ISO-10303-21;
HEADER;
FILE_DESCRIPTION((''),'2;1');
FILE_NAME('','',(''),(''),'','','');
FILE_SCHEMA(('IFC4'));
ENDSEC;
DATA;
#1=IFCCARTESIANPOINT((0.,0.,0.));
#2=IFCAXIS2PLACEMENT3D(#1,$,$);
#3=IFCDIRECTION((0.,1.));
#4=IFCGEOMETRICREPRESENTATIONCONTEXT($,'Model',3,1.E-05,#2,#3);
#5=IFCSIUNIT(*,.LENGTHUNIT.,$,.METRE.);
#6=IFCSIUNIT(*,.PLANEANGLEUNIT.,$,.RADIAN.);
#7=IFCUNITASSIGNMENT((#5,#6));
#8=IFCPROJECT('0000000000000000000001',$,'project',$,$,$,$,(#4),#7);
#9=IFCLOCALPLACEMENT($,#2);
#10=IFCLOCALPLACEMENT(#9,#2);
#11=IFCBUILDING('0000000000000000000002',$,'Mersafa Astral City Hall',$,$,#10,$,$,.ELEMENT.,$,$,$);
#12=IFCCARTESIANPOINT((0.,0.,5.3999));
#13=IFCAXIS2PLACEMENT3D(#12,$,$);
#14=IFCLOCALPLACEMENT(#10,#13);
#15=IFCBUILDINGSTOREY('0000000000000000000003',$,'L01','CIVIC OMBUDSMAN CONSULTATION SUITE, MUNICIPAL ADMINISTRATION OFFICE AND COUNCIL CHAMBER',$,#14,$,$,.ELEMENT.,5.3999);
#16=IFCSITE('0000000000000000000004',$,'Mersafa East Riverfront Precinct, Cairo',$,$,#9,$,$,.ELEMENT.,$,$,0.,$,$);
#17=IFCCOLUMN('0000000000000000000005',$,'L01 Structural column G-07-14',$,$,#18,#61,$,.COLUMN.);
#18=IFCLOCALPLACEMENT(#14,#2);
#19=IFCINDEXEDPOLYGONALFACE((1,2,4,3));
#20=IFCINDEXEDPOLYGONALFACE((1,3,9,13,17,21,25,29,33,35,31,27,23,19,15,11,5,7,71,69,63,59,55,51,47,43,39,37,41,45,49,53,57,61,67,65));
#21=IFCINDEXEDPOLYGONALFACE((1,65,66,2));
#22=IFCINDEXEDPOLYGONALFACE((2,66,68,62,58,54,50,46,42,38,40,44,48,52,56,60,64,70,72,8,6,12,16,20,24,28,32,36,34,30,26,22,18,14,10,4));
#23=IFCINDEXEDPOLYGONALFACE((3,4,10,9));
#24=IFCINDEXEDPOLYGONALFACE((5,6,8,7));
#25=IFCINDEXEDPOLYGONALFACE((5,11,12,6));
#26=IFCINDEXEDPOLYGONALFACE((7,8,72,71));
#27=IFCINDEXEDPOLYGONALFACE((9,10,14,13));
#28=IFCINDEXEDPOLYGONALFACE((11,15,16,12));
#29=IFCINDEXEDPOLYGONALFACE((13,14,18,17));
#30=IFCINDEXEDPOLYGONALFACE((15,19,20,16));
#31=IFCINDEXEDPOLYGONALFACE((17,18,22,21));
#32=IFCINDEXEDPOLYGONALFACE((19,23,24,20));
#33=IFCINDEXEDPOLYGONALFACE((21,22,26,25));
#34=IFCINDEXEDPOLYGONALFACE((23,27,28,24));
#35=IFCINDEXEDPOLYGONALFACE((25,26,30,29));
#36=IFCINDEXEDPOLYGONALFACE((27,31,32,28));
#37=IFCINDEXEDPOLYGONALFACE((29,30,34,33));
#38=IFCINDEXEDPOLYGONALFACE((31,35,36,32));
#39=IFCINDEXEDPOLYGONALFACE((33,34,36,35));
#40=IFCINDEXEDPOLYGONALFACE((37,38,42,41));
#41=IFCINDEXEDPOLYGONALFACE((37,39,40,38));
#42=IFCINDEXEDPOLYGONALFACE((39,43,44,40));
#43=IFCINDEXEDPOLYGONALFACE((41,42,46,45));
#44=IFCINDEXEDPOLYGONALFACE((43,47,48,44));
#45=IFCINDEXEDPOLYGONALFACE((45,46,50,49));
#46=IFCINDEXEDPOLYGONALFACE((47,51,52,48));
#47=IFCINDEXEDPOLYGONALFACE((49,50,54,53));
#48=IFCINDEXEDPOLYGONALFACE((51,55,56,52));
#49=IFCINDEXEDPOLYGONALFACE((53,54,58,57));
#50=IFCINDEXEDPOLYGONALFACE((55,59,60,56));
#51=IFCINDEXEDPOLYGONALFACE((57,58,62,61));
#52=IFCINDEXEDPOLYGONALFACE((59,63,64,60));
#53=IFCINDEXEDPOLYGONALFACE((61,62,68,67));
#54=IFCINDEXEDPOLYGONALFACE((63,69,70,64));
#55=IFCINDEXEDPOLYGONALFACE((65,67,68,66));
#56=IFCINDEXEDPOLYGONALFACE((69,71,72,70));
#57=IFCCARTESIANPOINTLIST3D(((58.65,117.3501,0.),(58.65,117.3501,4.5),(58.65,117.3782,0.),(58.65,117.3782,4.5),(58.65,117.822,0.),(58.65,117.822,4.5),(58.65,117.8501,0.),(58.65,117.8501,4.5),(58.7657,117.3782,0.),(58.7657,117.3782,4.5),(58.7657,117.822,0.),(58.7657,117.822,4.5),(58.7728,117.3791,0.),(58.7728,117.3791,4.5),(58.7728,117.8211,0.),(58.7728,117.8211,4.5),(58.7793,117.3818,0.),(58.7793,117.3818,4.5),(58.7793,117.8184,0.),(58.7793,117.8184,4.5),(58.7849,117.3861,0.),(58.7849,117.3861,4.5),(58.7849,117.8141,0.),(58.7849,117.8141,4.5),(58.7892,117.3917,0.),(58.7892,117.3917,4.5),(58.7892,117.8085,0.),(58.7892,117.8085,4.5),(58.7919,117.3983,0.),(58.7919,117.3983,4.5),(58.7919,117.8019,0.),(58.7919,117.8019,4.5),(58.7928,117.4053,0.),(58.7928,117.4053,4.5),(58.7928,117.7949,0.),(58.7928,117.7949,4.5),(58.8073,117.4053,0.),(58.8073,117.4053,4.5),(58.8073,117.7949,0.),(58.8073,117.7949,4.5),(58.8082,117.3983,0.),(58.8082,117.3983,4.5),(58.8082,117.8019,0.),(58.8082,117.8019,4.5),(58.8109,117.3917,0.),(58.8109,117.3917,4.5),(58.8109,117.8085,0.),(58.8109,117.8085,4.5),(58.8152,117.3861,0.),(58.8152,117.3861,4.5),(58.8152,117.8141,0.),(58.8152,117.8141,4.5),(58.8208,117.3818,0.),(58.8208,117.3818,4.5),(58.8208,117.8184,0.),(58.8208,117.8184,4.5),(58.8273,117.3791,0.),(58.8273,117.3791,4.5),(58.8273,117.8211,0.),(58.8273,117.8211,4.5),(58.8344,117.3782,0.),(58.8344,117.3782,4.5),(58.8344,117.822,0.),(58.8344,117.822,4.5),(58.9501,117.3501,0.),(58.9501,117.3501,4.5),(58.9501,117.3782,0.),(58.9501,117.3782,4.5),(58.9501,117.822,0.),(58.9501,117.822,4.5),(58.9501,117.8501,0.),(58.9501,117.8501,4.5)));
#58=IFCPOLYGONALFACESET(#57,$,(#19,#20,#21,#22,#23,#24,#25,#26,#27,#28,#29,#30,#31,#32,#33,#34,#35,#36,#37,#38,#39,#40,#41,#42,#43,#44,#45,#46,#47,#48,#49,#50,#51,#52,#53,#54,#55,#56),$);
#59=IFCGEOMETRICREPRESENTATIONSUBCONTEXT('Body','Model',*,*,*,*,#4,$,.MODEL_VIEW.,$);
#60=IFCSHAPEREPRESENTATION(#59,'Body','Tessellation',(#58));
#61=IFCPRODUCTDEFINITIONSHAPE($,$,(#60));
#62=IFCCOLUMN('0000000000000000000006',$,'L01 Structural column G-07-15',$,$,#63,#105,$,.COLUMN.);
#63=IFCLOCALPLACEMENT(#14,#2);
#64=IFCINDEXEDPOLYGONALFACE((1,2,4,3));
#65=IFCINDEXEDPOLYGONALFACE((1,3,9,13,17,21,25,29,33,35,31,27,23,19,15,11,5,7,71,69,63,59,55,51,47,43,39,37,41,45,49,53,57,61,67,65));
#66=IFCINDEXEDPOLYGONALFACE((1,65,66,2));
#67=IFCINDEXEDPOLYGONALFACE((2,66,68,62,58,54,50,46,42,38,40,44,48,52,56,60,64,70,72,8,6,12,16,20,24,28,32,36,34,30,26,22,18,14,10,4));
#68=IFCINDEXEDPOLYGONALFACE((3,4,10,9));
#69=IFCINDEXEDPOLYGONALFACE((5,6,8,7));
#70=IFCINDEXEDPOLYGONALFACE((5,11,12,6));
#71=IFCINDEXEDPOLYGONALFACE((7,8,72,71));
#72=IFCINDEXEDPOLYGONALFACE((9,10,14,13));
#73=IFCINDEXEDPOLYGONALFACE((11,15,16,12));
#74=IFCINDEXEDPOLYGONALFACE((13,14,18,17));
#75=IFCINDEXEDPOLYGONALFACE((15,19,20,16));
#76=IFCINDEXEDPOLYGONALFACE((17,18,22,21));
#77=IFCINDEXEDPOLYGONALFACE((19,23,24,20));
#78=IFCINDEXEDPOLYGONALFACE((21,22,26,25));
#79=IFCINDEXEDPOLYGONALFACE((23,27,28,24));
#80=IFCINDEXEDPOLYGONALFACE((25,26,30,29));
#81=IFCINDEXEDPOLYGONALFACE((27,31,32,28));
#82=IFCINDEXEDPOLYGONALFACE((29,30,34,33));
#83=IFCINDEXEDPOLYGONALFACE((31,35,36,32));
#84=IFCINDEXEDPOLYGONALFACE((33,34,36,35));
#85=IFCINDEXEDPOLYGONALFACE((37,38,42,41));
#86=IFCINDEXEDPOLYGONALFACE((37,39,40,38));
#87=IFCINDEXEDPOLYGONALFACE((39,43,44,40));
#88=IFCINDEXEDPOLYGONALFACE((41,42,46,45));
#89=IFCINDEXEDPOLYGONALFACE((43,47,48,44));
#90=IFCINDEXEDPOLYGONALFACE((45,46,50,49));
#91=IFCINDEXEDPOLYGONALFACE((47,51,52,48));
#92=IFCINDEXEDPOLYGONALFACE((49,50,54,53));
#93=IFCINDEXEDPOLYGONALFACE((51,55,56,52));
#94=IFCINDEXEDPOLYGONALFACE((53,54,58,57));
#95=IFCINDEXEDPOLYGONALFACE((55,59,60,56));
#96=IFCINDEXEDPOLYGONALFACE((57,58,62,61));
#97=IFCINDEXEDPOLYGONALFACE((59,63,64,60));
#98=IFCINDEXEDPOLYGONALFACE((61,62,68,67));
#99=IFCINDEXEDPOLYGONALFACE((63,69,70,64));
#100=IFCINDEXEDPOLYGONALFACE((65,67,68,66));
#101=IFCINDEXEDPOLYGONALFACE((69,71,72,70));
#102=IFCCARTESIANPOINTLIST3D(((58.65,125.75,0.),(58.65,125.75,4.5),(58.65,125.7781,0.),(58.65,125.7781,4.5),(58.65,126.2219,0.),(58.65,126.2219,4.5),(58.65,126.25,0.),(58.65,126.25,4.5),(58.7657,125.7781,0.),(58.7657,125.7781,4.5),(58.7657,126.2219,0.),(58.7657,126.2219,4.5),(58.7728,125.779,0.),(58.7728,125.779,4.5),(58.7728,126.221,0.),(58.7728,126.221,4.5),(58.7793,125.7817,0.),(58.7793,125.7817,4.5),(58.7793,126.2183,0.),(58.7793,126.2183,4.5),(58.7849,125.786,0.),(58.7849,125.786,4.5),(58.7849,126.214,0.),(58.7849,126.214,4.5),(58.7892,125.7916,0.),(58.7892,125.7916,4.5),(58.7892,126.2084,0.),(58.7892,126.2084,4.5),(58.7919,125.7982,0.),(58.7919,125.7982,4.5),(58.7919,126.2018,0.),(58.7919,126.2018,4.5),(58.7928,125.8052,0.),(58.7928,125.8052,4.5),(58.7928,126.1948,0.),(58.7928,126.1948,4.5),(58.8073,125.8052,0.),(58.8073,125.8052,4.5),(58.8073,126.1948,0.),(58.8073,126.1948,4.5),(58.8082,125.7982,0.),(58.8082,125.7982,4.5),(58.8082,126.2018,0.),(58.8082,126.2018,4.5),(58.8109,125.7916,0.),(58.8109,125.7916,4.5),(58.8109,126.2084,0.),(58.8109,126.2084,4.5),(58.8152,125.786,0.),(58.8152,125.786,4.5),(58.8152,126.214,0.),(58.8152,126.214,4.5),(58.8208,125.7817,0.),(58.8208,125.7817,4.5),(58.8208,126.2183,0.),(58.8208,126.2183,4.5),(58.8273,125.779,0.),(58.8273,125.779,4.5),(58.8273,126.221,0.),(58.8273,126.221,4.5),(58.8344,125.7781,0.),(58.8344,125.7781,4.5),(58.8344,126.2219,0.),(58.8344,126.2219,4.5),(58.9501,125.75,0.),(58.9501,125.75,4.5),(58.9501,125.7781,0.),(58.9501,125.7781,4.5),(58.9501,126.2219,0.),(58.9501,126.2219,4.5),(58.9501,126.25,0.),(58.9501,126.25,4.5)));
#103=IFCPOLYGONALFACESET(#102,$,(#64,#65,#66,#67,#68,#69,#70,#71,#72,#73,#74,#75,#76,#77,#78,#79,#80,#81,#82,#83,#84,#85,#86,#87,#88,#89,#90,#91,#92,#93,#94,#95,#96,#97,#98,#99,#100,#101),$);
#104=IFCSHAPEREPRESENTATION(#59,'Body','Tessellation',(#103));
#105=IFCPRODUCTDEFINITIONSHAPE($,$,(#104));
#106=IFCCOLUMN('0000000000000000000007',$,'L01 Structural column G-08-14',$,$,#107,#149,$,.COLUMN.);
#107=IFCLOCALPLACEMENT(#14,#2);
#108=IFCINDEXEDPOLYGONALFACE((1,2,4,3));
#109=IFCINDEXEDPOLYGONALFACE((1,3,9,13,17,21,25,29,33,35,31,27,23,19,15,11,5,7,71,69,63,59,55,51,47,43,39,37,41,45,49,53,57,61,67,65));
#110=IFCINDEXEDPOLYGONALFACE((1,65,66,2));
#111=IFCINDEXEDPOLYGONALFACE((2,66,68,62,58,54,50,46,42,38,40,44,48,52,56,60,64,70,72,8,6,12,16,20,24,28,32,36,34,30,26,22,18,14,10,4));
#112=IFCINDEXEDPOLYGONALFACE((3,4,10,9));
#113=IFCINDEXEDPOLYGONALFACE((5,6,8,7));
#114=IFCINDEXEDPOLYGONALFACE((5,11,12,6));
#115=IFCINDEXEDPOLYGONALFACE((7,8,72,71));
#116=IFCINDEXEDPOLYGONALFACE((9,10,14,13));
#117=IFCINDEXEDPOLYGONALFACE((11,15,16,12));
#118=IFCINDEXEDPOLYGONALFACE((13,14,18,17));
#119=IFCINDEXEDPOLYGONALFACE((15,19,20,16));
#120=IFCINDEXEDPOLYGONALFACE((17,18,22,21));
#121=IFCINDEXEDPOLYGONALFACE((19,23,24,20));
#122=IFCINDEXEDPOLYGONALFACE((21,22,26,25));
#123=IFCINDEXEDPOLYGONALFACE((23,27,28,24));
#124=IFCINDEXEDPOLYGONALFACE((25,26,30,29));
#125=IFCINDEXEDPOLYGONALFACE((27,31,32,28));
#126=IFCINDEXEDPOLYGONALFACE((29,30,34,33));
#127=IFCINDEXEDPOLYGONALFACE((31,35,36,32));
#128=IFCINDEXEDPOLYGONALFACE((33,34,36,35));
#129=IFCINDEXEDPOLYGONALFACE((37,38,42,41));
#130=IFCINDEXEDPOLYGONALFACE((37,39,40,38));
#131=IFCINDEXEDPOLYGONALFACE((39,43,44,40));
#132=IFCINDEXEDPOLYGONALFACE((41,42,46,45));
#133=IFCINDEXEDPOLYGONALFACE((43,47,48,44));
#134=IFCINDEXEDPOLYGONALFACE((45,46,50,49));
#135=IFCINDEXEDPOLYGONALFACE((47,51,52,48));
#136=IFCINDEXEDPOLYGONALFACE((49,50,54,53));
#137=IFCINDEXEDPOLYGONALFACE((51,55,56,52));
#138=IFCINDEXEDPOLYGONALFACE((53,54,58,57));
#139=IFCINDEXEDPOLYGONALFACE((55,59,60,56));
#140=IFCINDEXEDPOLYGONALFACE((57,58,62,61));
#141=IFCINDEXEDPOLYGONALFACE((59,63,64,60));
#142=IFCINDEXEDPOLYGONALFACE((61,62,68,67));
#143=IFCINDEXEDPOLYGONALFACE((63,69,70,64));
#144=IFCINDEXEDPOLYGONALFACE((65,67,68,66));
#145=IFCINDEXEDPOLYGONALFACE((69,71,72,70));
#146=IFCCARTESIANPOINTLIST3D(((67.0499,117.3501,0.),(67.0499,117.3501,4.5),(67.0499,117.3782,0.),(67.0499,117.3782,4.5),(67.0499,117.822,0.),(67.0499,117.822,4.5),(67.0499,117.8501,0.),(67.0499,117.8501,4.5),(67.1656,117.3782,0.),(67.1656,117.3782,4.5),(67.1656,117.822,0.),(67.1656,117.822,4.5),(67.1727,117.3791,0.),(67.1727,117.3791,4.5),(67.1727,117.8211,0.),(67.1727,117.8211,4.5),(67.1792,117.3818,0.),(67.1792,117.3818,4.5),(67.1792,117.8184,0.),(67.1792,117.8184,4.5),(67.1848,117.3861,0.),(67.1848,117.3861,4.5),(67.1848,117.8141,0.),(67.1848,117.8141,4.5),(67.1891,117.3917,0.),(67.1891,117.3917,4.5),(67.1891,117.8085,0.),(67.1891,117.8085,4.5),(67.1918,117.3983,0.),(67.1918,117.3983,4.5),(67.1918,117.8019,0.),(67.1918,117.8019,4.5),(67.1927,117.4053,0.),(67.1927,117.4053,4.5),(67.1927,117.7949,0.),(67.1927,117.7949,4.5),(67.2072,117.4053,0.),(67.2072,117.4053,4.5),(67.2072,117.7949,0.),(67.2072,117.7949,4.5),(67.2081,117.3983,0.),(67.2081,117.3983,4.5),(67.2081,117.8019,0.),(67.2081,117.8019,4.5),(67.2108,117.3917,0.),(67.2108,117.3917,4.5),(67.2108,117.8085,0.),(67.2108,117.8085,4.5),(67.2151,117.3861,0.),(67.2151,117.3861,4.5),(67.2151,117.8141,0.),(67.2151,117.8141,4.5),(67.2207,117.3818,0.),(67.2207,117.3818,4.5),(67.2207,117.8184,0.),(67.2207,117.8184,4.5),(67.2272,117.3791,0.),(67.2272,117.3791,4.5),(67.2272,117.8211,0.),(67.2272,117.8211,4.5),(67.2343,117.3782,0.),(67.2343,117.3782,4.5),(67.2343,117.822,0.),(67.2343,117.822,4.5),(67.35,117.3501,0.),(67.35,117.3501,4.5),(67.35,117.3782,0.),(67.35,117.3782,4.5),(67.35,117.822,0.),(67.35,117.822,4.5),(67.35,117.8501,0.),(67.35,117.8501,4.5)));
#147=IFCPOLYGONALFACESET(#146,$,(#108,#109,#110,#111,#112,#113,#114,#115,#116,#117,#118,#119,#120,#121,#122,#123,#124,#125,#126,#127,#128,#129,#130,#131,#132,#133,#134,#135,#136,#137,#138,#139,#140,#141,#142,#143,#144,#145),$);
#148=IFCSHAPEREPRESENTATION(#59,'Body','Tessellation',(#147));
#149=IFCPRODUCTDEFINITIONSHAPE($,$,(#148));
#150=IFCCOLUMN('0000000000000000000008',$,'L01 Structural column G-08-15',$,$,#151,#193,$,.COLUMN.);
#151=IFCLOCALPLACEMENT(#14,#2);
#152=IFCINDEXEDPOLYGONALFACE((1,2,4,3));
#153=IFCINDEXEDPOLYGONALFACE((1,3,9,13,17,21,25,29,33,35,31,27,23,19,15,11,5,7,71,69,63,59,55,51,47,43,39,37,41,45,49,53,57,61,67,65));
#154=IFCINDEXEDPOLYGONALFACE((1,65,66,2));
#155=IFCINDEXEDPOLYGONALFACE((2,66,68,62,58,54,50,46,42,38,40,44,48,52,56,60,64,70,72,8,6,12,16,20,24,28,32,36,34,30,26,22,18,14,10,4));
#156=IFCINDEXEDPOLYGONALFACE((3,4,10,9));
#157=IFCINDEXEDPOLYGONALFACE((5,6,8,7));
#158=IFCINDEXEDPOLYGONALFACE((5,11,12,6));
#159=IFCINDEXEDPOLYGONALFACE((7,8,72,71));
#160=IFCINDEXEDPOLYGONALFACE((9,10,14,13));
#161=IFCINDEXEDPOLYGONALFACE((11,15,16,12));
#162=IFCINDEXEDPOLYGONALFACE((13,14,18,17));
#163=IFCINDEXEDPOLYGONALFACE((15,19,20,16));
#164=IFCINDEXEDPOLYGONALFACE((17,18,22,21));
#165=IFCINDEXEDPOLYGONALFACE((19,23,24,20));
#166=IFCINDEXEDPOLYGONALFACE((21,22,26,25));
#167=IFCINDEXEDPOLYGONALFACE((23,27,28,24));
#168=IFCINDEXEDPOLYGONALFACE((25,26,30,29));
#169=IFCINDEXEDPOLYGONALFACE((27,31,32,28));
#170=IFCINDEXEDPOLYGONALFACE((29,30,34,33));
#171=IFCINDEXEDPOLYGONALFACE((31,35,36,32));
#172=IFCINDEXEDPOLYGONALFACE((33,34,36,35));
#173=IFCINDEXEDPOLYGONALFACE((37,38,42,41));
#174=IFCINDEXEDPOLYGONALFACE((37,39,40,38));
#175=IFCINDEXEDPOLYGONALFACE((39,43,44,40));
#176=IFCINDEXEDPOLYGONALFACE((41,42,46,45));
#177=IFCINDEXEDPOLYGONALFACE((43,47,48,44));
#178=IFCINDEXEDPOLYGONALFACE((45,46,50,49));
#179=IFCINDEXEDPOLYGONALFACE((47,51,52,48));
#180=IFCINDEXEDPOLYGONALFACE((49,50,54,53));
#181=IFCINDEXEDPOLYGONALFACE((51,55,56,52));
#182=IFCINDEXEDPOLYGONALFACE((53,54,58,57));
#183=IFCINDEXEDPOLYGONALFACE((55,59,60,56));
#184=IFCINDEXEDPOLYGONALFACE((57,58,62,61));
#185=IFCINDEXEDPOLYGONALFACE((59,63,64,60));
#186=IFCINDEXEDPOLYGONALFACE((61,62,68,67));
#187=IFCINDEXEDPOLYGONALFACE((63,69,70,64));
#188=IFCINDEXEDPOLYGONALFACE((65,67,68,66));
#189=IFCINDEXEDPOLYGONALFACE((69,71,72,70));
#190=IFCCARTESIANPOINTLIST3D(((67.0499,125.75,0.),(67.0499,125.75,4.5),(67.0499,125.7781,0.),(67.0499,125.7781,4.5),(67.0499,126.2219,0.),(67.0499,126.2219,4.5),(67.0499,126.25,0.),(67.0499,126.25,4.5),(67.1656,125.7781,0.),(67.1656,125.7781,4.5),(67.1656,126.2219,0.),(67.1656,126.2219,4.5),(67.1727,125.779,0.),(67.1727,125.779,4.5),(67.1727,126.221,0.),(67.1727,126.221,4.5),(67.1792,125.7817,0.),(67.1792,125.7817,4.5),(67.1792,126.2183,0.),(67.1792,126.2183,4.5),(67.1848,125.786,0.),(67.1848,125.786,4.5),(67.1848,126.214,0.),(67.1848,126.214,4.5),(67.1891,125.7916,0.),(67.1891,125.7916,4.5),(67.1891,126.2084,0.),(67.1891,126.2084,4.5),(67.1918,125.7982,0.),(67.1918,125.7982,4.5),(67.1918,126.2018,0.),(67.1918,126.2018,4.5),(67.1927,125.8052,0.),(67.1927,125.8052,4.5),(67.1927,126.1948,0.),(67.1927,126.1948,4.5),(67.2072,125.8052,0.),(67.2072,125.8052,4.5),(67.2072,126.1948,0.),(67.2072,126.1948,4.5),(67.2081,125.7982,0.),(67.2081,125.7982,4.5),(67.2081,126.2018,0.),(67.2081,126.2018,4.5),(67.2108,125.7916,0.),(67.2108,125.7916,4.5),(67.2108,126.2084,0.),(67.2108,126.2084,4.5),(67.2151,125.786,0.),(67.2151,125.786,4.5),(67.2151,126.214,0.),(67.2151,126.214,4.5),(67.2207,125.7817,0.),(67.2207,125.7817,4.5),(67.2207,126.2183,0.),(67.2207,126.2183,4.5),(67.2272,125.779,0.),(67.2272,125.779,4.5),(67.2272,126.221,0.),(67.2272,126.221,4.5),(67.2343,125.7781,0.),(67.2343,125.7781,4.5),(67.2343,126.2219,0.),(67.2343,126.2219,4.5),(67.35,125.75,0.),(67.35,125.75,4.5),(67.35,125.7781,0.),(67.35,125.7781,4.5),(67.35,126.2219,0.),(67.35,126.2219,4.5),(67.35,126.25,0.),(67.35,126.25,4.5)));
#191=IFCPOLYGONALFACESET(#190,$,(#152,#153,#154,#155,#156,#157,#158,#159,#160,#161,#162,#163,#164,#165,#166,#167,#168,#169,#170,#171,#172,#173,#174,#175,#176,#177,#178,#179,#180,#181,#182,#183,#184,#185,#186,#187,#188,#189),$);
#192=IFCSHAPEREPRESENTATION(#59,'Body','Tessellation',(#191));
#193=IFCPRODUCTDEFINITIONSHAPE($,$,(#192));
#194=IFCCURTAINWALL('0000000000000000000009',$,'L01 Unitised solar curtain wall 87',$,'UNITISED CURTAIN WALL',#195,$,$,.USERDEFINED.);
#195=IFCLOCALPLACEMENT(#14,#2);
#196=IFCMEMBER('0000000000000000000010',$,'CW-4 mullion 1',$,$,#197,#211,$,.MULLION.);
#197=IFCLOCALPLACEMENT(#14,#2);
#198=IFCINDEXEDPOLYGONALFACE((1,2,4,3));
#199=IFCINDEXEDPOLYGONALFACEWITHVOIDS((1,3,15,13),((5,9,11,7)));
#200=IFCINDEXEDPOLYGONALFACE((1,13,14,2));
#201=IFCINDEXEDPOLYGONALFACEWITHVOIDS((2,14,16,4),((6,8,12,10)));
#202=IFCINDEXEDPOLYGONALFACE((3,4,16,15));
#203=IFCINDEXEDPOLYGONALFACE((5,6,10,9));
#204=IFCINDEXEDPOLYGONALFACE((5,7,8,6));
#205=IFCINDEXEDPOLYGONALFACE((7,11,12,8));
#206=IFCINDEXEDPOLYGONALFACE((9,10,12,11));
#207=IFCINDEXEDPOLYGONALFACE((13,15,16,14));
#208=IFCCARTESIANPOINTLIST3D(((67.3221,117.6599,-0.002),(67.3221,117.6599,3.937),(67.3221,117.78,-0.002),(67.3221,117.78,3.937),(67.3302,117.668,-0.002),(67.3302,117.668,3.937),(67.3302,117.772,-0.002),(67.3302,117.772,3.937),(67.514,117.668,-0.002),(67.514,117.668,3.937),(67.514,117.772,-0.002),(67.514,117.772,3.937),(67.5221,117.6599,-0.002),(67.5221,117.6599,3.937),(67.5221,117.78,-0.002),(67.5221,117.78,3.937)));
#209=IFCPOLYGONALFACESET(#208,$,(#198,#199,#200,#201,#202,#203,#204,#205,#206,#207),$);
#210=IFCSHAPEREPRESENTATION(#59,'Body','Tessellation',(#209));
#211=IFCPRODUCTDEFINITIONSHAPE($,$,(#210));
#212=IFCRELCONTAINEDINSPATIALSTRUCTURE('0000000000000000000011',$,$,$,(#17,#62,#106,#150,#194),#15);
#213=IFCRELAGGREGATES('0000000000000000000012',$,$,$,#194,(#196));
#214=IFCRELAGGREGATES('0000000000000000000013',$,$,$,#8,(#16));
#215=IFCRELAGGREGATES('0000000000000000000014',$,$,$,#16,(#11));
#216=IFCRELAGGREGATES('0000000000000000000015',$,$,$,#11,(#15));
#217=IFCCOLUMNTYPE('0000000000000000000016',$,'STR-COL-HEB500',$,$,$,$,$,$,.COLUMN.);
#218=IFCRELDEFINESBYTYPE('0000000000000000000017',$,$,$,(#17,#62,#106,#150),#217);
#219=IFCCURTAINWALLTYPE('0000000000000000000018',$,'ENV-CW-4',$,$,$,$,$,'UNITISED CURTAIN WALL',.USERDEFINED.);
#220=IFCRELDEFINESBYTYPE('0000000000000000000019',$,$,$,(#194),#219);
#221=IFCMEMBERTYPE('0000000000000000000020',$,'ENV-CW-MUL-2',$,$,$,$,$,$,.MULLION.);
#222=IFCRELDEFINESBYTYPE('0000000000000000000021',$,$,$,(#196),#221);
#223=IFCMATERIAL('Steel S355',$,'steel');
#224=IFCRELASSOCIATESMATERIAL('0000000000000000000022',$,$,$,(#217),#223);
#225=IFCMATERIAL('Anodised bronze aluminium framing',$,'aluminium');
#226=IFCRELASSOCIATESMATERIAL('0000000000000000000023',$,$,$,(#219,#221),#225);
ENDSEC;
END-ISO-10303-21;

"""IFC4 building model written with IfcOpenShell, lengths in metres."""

from ifc_helpers import new_model, si_unit, direction, frame, origin, origin_2d, place, context, subcontext, project, spatial, hollow_rectangle, i_section, extrude, material, material_profile, profile_set, type_object, element, aggregate, save


model = new_model("IFC4")

# Units and contexts
model_context = context("Model", 3, precision=1e-05, world=origin(), true_north=direction((0.0, 1.0)))
body_context = subcontext(model_context, "Body", "Model", "MODEL_VIEW")
ifc_project = project(units=[si_unit("LENGTHUNIT", "METRE"), si_unit("PLANEANGLEUNIT", "RADIAN")], contexts=[model_context])

# Site, building, storey
site_placement = place(None, origin())
site = spatial("IfcSite", under=ifc_project, at=site_placement, Name="Mersafa East Riverfront Precinct, Cairo", CompositionType="ELEMENT", RefElevation=0.0)
building_placement = place(site_placement, origin())
building = spatial("IfcBuilding", under=site, at=building_placement, Name="Mersafa Astral City Hall", CompositionType="ELEMENT")
storey_placement = place(building_placement, frame((0.0, 0.0, 5.3999)))
storey = spatial("IfcBuildingStorey", under=building, at=storey_placement, Name="L01", Description="CIVIC OMBUDSMAN CONSULTATION SUITE, MUNICIPAL ADMINISTRATION OFFICE AND COUNCIL CHAMBER", CompositionType="ELEMENT", Elevation=5.3999)

# Columns
ifc_material_1 = material(Name="Steel S355", Category="steel")
ifc_material_profile_1 = material_profile(ifc_material_1, i_section(OverallWidth=0.3, OverallDepth=0.5, WebThickness=0.0144, FlangeThickness=0.0281, FilletRadius=0.0271, at=origin_2d()), Name="HEB 500")
ifc_profile_set_1 = profile_set([ifc_material_profile_1], Name="Steel S355")
column_type = type_object("IfcColumnType", Name="STR-COL-HEB500", PredefinedType="COLUMN", material=ifc_profile_set_1)
for number, where, z_axis, x_axis, name in (
    (1, (58.8, 117.6001, 0.0), (0.0, 0.0, 1.0), (1.0, 0.0, 0.0), "L01 Structural column G-07-14"),
    (2, (58.8, 126.0, 0.0), (0.0, 0.0, 1.0), (1.0, 0.0, 0.0), "L01 Structural column G-07-15"),
    (3, (67.2, 117.6001, 0.0), (0.0, 0.0, 1.0), (1.0, 0.0, 0.0), "L01 Structural column G-08-14"),
    (4, (67.2, 126.0, 0.0), (0.0, 0.0, 1.0), (1.0, 0.0, 0.0), "L01 Structural column G-08-15"),
):
    element("IfcColumn", number, at=place(storey_placement, frame(where, z_axis=z_axis, x_axis=x_axis)), inside=storey, type_object=column_type, Name=name, PredefinedType="COLUMN", context=body_context, shape_type="SweptSolid", body=[
        extrude(i_section(OverallWidth=0.3, OverallDepth=0.5, WebThickness=0.0144, FlangeThickness=0.0281, FilletRadius=0.0271, at=origin_2d()), origin(), (0.0, 0.0, 1.0), 4.5),
    ])

# Curtain wall, member
ifc_material_2 = material(Name="Anodised bronze aluminium framing", Category="aluminium")
curtain_wall_type = type_object("IfcCurtainWallType", Name="ENV-CW-4", ElementType="UNITISED CURTAIN WALL", PredefinedType="USERDEFINED", material=ifc_material_2)
curtain_wall_placement = place(storey_placement, origin())
curtain_wall = element("IfcCurtainWall", 5, at=curtain_wall_placement, inside=storey, type_object=curtain_wall_type, Name="L01 Unitised solar curtain wall 87", ObjectType="UNITISED CURTAIN WALL", PredefinedType="USERDEFINED")
ifc_material_profile_2 = material_profile(ifc_material_2, hollow_rectangle(XDim=0.1201, YDim=0.2, WallThickness=0.0081, at=origin_2d()), Name="RHS 120x200x8")
ifc_profile_set_2 = profile_set([ifc_material_profile_2], Name="Anodised bronze aluminium framing")
member_type_1 = type_object("IfcMemberType", Name="ENV-CW-MUL-2", PredefinedType="MULLION", material=ifc_profile_set_2)
member_1_placement = place(storey_placement, frame((67.4221, 117.72, -0.002), z_axis=(0.0, 0.0, 1.0), x_axis=(0.0, 1.0, 0.0)))
member_1 = element("IfcMember", 6, at=member_1_placement, type_object=member_type_1, Name="CW-4 mullion 1", PredefinedType="MULLION", context=body_context, shape_type="SweptSolid", body=[
    extrude(hollow_rectangle(XDim=0.1201, YDim=0.2, WallThickness=0.0081, at=origin_2d()), origin(), (0.0, 0.0, 1.0), 3.939),
])
aggregate(curtain_wall, [member_1])

save(model, "model.ifc")
